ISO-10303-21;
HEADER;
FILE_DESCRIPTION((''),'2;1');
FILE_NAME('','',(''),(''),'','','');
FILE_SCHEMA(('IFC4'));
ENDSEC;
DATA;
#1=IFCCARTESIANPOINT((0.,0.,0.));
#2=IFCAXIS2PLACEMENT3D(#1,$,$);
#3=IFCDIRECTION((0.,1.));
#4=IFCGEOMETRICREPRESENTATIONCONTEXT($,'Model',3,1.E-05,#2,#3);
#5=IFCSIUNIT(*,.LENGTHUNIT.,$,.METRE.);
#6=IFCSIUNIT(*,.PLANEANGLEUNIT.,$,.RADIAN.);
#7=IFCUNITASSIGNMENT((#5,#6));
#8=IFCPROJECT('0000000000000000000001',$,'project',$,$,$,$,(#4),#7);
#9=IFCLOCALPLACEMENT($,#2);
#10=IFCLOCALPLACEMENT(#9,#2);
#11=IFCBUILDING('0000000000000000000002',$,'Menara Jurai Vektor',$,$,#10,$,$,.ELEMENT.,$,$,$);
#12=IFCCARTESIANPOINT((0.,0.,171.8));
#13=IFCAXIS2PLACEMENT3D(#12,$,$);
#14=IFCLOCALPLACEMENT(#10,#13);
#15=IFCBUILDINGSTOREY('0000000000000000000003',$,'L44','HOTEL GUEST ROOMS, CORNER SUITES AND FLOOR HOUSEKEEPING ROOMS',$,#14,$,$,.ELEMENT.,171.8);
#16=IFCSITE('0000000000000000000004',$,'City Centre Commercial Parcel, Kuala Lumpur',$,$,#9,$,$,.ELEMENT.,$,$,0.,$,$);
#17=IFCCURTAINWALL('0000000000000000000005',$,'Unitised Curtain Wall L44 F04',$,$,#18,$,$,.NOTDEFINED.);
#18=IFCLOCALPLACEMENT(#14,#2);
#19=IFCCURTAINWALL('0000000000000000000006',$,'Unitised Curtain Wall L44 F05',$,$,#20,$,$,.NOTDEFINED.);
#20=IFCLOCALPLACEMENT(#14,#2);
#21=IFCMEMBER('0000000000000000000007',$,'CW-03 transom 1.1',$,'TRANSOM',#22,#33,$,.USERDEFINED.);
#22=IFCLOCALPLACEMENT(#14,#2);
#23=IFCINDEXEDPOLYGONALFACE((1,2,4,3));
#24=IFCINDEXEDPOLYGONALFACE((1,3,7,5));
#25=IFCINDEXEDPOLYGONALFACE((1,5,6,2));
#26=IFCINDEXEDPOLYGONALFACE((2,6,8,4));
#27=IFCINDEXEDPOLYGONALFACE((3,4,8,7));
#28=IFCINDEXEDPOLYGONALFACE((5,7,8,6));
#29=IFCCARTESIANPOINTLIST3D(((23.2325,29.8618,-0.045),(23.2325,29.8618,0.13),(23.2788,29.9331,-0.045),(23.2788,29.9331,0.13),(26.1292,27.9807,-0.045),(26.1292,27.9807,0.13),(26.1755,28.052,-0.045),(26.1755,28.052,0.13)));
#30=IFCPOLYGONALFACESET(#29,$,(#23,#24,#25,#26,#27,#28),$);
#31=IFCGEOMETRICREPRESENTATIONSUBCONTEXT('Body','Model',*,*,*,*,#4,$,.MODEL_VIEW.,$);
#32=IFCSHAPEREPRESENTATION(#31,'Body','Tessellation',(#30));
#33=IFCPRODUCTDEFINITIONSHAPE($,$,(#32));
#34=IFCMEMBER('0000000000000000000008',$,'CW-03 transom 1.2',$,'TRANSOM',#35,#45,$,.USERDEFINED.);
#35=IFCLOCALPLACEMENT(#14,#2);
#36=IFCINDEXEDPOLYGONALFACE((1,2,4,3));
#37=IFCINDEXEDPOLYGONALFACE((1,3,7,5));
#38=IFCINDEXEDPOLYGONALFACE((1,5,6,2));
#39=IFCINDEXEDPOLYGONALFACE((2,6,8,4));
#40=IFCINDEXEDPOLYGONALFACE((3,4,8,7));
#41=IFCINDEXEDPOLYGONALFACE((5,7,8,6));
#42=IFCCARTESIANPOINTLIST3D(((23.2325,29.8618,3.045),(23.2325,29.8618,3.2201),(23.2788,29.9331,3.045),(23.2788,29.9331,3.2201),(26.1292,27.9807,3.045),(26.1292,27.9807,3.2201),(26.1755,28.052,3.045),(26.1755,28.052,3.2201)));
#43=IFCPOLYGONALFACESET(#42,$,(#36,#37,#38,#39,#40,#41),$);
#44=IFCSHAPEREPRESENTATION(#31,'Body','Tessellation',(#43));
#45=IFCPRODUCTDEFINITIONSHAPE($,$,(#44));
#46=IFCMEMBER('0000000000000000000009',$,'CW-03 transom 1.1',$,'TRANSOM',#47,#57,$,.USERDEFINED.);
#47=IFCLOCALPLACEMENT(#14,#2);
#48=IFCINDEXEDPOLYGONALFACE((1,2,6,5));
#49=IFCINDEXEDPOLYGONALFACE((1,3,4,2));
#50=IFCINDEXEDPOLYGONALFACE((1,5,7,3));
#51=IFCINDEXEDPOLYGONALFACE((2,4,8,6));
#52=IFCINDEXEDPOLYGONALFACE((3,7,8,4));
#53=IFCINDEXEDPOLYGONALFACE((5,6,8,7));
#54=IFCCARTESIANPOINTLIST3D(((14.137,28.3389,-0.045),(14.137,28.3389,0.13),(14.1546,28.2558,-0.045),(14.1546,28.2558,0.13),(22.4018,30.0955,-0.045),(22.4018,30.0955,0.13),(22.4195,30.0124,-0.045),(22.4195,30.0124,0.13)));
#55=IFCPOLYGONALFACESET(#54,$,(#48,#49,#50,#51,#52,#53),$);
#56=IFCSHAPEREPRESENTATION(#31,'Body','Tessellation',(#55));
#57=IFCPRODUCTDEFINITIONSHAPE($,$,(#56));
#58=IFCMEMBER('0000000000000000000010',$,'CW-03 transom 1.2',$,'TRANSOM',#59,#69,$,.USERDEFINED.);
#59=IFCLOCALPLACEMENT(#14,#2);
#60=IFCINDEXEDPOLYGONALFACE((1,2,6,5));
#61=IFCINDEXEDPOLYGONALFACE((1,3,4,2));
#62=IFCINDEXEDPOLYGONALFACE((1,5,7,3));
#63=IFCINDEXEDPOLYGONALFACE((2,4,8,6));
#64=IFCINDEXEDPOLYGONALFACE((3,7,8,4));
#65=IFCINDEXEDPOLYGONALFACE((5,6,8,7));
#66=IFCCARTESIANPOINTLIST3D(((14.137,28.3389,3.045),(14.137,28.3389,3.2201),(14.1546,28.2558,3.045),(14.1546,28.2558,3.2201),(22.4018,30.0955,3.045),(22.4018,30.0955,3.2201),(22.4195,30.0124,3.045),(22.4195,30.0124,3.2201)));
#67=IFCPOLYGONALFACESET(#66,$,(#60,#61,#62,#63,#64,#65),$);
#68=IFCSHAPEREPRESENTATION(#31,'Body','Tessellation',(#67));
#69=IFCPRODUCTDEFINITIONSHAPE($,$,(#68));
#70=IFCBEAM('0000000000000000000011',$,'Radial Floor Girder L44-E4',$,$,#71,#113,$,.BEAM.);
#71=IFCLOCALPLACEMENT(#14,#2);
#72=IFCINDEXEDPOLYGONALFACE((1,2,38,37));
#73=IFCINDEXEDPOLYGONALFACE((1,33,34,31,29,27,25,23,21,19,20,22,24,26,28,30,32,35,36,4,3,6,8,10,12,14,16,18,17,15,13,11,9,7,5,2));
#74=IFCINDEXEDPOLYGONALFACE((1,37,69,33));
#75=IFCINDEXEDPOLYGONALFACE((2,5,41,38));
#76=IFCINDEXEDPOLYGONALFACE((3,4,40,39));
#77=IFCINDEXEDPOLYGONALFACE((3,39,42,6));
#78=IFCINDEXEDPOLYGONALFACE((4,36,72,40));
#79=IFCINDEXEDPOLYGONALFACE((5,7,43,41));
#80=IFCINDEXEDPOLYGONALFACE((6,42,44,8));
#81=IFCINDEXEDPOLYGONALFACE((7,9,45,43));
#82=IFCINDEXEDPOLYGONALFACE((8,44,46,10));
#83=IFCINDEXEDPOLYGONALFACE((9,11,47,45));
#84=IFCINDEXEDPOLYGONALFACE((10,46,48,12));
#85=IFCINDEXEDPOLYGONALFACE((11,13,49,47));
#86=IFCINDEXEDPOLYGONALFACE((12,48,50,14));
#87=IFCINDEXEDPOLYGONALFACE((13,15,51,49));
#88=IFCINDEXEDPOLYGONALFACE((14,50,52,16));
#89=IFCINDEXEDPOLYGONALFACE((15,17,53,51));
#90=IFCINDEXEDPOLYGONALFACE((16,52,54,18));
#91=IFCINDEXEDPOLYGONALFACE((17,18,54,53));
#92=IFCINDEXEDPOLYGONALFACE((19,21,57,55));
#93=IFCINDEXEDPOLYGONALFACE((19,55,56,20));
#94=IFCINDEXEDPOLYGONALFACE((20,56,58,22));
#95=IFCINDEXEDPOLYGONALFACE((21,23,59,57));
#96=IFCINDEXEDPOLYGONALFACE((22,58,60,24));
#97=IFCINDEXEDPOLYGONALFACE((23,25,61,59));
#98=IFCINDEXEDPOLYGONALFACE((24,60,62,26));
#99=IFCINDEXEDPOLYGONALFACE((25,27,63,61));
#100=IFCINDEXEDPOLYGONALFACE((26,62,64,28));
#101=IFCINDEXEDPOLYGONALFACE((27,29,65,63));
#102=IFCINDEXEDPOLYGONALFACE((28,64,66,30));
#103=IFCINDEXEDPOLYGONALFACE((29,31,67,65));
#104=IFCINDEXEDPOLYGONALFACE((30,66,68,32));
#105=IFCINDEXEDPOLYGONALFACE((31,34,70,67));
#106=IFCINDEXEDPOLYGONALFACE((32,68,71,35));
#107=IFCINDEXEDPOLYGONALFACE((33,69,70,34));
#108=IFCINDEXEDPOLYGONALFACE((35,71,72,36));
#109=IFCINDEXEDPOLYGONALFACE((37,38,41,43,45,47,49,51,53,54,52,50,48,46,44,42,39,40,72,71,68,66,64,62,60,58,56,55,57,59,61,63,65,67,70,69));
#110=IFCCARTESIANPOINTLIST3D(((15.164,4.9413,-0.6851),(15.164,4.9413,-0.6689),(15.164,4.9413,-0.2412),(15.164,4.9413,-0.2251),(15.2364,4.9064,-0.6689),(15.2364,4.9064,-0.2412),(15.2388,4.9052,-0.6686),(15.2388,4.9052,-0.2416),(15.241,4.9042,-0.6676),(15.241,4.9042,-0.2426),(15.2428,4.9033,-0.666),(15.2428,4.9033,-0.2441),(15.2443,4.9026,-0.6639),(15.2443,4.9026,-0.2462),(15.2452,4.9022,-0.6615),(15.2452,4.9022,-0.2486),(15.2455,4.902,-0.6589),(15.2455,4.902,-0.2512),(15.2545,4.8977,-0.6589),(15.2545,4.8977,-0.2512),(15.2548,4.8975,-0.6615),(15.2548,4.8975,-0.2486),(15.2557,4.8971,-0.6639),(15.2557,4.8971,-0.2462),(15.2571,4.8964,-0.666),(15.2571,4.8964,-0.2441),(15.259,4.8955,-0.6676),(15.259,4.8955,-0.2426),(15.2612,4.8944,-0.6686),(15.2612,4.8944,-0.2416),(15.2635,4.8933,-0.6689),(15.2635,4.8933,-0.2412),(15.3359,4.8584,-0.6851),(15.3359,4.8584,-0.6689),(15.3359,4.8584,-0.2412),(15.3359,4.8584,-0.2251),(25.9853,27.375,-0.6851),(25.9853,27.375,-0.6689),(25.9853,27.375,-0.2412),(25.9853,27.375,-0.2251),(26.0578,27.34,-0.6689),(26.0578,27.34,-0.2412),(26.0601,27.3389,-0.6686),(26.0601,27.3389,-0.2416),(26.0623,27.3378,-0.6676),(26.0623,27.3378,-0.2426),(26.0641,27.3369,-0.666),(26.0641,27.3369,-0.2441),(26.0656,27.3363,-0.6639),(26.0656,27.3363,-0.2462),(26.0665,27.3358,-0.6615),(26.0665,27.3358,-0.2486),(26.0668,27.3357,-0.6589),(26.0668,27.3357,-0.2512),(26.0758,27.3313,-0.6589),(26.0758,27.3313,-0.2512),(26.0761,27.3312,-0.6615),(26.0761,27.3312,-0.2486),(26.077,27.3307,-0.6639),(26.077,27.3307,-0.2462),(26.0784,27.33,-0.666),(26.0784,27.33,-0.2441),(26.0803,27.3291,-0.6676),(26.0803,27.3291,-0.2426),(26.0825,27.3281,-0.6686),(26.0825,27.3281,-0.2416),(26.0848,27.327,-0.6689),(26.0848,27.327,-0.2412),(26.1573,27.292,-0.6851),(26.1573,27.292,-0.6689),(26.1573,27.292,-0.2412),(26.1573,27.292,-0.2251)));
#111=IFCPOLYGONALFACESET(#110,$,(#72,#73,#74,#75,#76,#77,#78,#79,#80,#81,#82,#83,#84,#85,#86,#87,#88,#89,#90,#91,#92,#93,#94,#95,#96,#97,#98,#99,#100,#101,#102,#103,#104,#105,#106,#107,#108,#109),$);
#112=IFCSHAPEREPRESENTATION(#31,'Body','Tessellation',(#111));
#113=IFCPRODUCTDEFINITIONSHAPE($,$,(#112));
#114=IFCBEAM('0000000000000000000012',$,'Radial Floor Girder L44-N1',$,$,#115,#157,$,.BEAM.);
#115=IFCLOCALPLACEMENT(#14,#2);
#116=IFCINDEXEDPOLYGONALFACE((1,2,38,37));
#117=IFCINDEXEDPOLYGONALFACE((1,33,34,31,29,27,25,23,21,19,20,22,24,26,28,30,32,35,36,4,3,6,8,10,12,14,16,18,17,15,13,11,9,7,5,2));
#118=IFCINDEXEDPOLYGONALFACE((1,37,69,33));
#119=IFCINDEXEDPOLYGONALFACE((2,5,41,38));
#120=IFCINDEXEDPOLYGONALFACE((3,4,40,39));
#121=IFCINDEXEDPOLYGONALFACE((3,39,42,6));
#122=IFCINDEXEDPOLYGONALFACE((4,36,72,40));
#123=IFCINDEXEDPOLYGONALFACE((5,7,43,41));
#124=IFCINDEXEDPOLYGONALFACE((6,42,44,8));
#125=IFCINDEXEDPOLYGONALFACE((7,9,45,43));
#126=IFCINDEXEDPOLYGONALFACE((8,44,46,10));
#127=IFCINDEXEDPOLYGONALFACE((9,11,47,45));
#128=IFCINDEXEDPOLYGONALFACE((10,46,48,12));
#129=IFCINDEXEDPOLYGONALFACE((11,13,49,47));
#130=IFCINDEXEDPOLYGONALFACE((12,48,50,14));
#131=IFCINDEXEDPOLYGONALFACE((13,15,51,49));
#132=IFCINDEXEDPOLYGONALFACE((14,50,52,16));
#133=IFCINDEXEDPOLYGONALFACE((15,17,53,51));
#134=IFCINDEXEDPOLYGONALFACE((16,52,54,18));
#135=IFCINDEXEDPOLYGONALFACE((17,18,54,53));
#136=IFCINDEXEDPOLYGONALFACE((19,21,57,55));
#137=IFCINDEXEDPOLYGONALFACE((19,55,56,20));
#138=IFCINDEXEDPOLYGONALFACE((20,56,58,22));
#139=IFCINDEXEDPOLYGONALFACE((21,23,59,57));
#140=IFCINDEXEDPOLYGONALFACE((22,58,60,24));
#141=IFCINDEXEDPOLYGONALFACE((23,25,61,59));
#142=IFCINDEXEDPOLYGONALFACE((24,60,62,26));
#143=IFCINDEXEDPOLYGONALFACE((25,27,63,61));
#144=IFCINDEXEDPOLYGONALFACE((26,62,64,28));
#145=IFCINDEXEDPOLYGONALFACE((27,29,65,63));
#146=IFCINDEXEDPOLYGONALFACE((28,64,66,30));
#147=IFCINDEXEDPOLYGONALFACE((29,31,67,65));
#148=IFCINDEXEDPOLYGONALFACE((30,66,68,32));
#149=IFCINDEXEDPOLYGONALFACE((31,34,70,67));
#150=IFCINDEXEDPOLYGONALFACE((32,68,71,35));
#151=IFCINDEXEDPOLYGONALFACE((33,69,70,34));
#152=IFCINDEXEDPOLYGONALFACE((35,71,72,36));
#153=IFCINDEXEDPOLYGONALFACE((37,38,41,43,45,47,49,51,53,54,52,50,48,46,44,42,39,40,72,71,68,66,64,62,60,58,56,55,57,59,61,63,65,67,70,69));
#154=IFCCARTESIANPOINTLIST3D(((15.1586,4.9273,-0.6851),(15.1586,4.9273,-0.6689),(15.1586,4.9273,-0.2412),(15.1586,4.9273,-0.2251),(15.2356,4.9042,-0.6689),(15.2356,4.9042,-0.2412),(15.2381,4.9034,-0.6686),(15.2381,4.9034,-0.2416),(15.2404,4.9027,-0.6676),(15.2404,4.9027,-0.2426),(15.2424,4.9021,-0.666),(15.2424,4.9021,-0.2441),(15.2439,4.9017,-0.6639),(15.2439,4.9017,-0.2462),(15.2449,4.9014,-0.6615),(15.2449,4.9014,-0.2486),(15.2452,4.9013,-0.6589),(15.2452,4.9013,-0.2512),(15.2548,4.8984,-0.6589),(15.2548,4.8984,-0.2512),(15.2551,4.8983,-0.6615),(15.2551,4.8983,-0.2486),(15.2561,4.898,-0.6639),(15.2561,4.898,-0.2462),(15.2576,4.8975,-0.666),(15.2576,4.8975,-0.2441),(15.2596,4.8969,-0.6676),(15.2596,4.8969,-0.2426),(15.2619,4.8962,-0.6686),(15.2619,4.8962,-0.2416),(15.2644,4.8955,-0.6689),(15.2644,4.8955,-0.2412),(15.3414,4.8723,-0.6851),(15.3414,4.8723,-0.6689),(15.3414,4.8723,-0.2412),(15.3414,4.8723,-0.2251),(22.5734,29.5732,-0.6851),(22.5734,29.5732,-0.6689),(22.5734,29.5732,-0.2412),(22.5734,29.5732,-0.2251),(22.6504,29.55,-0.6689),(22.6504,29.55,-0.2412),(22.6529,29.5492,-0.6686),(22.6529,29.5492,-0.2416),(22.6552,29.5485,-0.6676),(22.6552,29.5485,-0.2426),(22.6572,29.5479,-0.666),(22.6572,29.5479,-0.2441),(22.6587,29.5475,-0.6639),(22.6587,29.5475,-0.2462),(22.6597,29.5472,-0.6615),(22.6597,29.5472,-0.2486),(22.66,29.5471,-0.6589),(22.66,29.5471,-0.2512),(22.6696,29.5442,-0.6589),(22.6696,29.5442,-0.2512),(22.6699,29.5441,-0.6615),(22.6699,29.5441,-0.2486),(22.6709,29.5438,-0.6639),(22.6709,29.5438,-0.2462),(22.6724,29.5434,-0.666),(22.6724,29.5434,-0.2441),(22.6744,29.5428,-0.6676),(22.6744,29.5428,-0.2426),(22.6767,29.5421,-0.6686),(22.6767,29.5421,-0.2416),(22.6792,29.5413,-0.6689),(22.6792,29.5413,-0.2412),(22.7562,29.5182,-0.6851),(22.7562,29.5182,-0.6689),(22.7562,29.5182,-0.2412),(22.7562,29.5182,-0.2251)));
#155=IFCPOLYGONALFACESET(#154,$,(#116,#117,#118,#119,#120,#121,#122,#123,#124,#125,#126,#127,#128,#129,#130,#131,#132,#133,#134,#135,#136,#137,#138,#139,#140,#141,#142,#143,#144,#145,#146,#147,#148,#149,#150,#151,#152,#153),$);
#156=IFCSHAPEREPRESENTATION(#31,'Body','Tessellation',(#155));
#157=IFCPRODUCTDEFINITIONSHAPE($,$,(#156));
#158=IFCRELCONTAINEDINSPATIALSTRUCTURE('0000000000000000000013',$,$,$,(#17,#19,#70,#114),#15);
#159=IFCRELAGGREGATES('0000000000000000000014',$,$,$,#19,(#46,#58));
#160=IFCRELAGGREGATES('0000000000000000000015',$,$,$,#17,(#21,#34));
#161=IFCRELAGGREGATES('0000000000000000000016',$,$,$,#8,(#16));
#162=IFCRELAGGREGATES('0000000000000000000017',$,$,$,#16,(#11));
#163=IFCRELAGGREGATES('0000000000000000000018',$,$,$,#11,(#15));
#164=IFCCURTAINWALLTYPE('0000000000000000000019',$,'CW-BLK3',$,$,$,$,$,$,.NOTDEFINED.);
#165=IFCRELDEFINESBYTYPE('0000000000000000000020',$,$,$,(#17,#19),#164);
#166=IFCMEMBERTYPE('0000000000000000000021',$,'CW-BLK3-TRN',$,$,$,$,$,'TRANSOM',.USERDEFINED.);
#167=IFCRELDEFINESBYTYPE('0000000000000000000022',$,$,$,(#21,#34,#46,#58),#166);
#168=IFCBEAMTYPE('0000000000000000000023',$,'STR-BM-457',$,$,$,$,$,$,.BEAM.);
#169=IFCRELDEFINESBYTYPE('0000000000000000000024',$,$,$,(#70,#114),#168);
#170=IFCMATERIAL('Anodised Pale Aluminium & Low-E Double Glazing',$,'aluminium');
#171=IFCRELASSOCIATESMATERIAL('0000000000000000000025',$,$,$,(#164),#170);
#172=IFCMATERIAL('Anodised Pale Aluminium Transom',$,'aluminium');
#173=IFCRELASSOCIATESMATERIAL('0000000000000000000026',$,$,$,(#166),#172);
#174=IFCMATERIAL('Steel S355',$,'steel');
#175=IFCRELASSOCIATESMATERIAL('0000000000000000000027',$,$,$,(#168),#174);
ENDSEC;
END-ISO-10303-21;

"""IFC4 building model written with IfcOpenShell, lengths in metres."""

from ifc_helpers import new_model, si_unit, direction, frame, origin, origin_2d, place, context, subcontext, project, spatial, rectangle, i_section, extrude, material, material_profile, profile_set, type_object, element, aggregate, save


model = new_model("IFC4")

# Units and contexts
model_context = context("Model", 3, precision=1e-05, world=origin(), true_north=direction((0.0, 1.0)))
body_context = subcontext(model_context, "Body", "Model", "MODEL_VIEW")
ifc_project = project(units=[si_unit("LENGTHUNIT", "METRE"), si_unit("PLANEANGLEUNIT", "RADIAN")], contexts=[model_context])

# Site, building, storey
site_placement = place(None, origin())
site = spatial("IfcSite", under=ifc_project, at=site_placement, Name="City Centre Commercial Parcel, Kuala Lumpur", CompositionType="ELEMENT", RefElevation=0.0)
building_placement = place(site_placement, origin())
building = spatial("IfcBuilding", under=site, at=building_placement, Name="Menara Jurai Vektor", CompositionType="ELEMENT")
storey_placement = place(building_placement, frame((0.0, 0.0, 171.8)))
storey = spatial("IfcBuildingStorey", under=building, at=storey_placement, Name="L44", Description="HOTEL GUEST ROOMS, CORNER SUITES AND FLOOR HOUSEKEEPING ROOMS", CompositionType="ELEMENT", Elevation=171.8)

# Curtain wall
ifc_material_1 = material(Name="Anodised Pale Aluminium & Low-E Double Glazing", Category="aluminium")
curtain_wall_type = type_object("IfcCurtainWallType", Name="CW-BLK3", PredefinedType="NOTDEFINED", material=ifc_material_1)
curtain_wall_1_placement = place(storey_placement, origin())
curtain_wall_1 = element("IfcCurtainWall", 1, at=curtain_wall_1_placement, inside=storey, type_object=curtain_wall_type, Name="Unitised Curtain Wall L44 F04", PredefinedType="NOTDEFINED")

# Curtain wall
curtain_wall_2_placement = place(storey_placement, origin())
curtain_wall_2 = element("IfcCurtainWall", 2, at=curtain_wall_2_placement, inside=storey, type_object=curtain_wall_type, Name="Unitised Curtain Wall L44 F05", PredefinedType="NOTDEFINED")

# Members
ifc_material_2 = material(Name="Anodised Pale Aluminium Transom", Category="aluminium")
ifc_material_profile_1 = material_profile(ifc_material_2, rectangle(XDim=0.085, YDim=0.175, at=origin_2d()), Name="ALU TRN 85x175")
ifc_profile_set_1 = profile_set([ifc_material_profile_1], Name="Anodised Pale Aluminium Transom")
member_type_1 = type_object("IfcMemberType", Name="CW-BLK3-TRN", ElementType="TRANSOM", PredefinedType="USERDEFINED", material=ifc_profile_set_1)
member_1_placement = place(storey_placement, frame((26.1523, 28.0164, 0.0425), z_axis=(-0.838678, 0.544628, 0.0), x_axis=(-0.544628, -0.838678, 0.0)))
member_1 = element("IfcMember", 3, at=member_1_placement, type_object=member_type_1, Name="CW-03 transom 1.1", ObjectType="TRANSOM", PredefinedType="USERDEFINED", context=body_context, shape_type="SweptSolid", body=[
    extrude(rectangle(XDim=0.085, YDim=0.175, at=origin_2d()), origin(), (0.0, 0.0, 1.0), 3.4539),
])
member_2_placement = place(storey_placement, frame((26.1523, 28.0164, 3.1326), z_axis=(-0.838678, 0.544628, 0.0), x_axis=(-0.544628, -0.838678, 0.0)))
member_2 = element("IfcMember", 4, at=member_2_placement, type_object=member_type_1, Name="CW-03 transom 1.2", ObjectType="TRANSOM", PredefinedType="USERDEFINED", context=body_context, shape_type="SweptSolid", body=[
    extrude(rectangle(XDim=0.085, YDim=0.175, at=origin_2d()), origin(), (0.0, 0.0, 1.0), 3.4539),
])
member_3_placement = place(storey_placement, frame((22.4106, 30.054, 0.0425), z_axis=(-0.978152, -0.207893, 0.0), x_axis=(0.207893, -0.978152, 0.0)))
member_3 = element("IfcMember", 5, at=member_3_placement, type_object=member_type_1, Name="CW-03 transom 1.1", ObjectType="TRANSOM", PredefinedType="USERDEFINED", context=body_context, shape_type="SweptSolid", body=[
    extrude(rectangle(XDim=0.085, YDim=0.175, at=origin_2d()), origin(), (0.0, 0.0, 1.0), 8.4495),
])
member_4_placement = place(storey_placement, frame((22.4106, 30.054, 3.1326), z_axis=(-0.978152, -0.207893, 0.0), x_axis=(0.207893, -0.978152, 0.0)))
member_4 = element("IfcMember", 6, at=member_4_placement, type_object=member_type_1, Name="CW-03 transom 1.2", ObjectType="TRANSOM", PredefinedType="USERDEFINED", context=body_context, shape_type="SweptSolid", body=[
    extrude(rectangle(XDim=0.085, YDim=0.175, at=origin_2d()), origin(), (0.0, 0.0, 1.0), 8.4495),
])

# Beams
ifc_material_3 = material(Name="Steel S355", Category="steel")
ifc_material_profile_2 = material_profile(ifc_material_3, i_section(OverallWidth=0.1909, OverallDepth=0.46, WebThickness=0.01, FlangeThickness=0.0161, FilletRadius=0.01, at=origin_2d()), Name="UKB 457x191x82")
ifc_profile_set_2 = profile_set([ifc_material_profile_2], Name="Steel S355")
beam_type_1 = type_object("IfcBeamType", Name="STR-BM-457", PredefinedType="BEAM", material=ifc_profile_set_2)
beam_1_placement = place(storey_placement, frame((26.0713, 27.3335, -0.4551), z_axis=(-0.434465, -0.900689, 0.0), x_axis=(0.900689, -0.434465, 0.0)))
element("IfcBeam", 7, at=beam_1_placement, inside=storey, type_object=beam_type_1, Name="Radial Floor Girder L44-E4", PredefinedType="BEAM", context=body_context, shape_type="SweptSolid", body=[
    extrude(i_section(OverallWidth=0.1909, OverallDepth=0.46, WebThickness=0.01, FlangeThickness=0.0161, FilletRadius=0.01, at=origin_2d()), origin(), (0.0, 0.0, 1.0), 24.9072),
])
beam_2_placement = place(storey_placement, frame((22.6648, 29.5457, -0.4551), z_axis=(-0.288099, -0.957601, 0.0), x_axis=(0.957601, -0.288099, 0.0)))
element("IfcBeam", 8, at=beam_2_placement, inside=storey, type_object=beam_type_1, Name="Radial Floor Girder L44-N1", PredefinedType="BEAM", context=body_context, shape_type="SweptSolid", body=[
    extrude(i_section(OverallWidth=0.1909, OverallDepth=0.46, WebThickness=0.01, FlangeThickness=0.0161, FilletRadius=0.01, at=origin_2d()), origin(), (0.0, 0.0, 1.0), 25.7371),
])

aggregate(curtain_wall_2, [member_3, member_4])
aggregate(curtain_wall_1, [member_1, member_2])

save(model, "model.ifc")
